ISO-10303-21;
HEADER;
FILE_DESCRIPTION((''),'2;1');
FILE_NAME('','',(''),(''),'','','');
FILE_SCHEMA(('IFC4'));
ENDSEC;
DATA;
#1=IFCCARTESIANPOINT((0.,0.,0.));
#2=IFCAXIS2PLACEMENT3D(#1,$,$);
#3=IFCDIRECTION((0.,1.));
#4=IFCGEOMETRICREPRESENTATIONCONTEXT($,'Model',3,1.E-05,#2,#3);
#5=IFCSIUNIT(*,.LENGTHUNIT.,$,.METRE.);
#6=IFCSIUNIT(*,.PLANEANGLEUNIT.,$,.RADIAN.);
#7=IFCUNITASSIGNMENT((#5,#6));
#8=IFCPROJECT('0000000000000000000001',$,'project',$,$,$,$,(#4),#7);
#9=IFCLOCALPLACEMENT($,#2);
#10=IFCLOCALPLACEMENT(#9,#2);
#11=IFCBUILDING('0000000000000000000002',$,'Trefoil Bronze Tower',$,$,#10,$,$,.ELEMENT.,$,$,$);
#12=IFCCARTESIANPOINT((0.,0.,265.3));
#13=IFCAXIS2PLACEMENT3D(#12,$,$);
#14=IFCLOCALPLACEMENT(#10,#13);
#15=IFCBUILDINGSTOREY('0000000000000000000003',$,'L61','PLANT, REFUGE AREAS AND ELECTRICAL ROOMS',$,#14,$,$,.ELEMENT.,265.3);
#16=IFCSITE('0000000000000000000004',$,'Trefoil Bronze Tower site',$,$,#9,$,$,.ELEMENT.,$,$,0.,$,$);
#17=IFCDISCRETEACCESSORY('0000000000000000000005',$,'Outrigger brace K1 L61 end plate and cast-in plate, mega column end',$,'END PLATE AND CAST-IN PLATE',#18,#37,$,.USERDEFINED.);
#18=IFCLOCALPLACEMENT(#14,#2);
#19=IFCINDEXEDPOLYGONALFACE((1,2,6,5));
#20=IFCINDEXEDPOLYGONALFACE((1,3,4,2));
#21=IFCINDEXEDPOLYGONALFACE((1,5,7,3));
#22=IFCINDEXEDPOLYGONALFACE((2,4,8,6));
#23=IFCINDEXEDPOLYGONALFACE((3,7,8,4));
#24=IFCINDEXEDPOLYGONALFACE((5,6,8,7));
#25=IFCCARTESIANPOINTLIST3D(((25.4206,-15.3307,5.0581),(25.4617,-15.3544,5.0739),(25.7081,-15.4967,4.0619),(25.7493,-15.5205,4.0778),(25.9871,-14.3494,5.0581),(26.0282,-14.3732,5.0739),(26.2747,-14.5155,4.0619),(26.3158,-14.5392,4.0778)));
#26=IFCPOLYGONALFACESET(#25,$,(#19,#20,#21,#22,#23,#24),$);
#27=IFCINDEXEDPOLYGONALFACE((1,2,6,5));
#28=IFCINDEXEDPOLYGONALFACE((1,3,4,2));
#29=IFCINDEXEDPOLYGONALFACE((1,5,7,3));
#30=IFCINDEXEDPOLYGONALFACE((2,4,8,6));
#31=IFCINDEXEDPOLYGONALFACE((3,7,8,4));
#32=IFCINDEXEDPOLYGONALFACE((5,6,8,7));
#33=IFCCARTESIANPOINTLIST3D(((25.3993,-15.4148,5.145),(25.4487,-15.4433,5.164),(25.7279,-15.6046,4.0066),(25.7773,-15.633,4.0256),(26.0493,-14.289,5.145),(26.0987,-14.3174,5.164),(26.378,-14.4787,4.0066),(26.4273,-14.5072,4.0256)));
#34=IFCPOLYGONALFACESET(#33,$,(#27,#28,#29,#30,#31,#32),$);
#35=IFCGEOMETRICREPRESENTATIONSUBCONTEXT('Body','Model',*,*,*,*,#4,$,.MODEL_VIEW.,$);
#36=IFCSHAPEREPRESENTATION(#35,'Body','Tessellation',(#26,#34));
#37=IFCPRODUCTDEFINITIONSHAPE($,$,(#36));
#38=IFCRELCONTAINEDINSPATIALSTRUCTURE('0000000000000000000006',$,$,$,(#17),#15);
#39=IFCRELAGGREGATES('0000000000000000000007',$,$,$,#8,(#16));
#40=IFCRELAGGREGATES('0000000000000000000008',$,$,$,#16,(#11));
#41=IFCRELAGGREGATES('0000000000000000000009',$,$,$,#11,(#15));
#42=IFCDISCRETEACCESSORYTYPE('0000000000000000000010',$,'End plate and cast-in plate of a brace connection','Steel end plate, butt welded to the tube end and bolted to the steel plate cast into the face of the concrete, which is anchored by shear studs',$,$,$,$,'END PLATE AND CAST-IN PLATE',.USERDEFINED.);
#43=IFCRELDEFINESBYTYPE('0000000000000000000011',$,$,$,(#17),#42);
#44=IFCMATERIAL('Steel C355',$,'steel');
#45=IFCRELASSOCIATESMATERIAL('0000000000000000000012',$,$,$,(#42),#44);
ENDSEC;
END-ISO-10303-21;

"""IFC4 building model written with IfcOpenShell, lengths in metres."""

from ifc_helpers import new_model, si_unit, direction, frame, origin, origin_2d, place, context, subcontext, project, spatial, rectangle, extrude, material, type_object, element, save


model = new_model("IFC4")

# Units and contexts
model_context = context("Model", 3, precision=1e-05, world=origin(), true_north=direction((0.0, 1.0)))
body_context = subcontext(model_context, "Body", "Model", "MODEL_VIEW")
ifc_project = project(units=[si_unit("LENGTHUNIT", "METRE"), si_unit("PLANEANGLEUNIT", "RADIAN")], contexts=[model_context])

# Site, building, storey
site_placement = place(None, origin())
site = spatial("IfcSite", under=ifc_project, at=site_placement, Name="Trefoil Bronze Tower site", CompositionType="ELEMENT", RefElevation=0.0)
building_placement = place(site_placement, origin())
building = spatial("IfcBuilding", under=site, at=building_placement, Name="Trefoil Bronze Tower", CompositionType="ELEMENT")
storey_placement = place(building_placement, frame((0.0, 0.0, 265.3)))
storey = spatial("IfcBuildingStorey", under=building, at=storey_placement, Name="L61", Description="PLANT, REFUGE AREAS AND ELECTRICAL ROOMS", CompositionType="ELEMENT", Elevation=265.3)

# Discrete accessory
ifc_material_1 = material(Name="Steel C355", Category="steel")
discrete_accessory_type = type_object("IfcDiscreteAccessoryType", Name="End plate and cast-in plate of a brace connection", Description="Steel end plate, butt welded to the tube end and bolted to the steel plate cast into the face of the concrete, which is anchored by shear studs", ElementType="END PLATE AND CAST-IN PLATE", PredefinedType="USERDEFINED", material=ifc_material_1)
discrete_accessory_1_placement = place(storey_placement, frame((25.8887, -14.9468, 4.5757), z_axis=(-0.273861, 0.158114, 0.948683), x_axis=(-0.821584, 0.474342, -0.316228)))
element("IfcDiscreteAccessory", 1, at=discrete_accessory_1_placement, inside=storey, type_object=discrete_accessory_type, Name="Outrigger brace K1 L61 end plate and cast-in plate, mega column end", ObjectType="END PLATE AND CAST-IN PLATE", PredefinedType="USERDEFINED", context=body_context, shape_type="SweptSolid", body=[
    extrude(rectangle(XDim=0.05, YDim=1.1331, at=origin_2d()), frame((0.0249, 0.0, -0.5249)), (0.0, 0.0, 1.0), 1.05),
    extrude(rectangle(XDim=0.0601, YDim=1.3, at=origin_2d()), frame((-0.03, 0.0, -0.5999)), (0.0, 0.0, 1.0), 1.2),
])

save(model, "model.ifc")
